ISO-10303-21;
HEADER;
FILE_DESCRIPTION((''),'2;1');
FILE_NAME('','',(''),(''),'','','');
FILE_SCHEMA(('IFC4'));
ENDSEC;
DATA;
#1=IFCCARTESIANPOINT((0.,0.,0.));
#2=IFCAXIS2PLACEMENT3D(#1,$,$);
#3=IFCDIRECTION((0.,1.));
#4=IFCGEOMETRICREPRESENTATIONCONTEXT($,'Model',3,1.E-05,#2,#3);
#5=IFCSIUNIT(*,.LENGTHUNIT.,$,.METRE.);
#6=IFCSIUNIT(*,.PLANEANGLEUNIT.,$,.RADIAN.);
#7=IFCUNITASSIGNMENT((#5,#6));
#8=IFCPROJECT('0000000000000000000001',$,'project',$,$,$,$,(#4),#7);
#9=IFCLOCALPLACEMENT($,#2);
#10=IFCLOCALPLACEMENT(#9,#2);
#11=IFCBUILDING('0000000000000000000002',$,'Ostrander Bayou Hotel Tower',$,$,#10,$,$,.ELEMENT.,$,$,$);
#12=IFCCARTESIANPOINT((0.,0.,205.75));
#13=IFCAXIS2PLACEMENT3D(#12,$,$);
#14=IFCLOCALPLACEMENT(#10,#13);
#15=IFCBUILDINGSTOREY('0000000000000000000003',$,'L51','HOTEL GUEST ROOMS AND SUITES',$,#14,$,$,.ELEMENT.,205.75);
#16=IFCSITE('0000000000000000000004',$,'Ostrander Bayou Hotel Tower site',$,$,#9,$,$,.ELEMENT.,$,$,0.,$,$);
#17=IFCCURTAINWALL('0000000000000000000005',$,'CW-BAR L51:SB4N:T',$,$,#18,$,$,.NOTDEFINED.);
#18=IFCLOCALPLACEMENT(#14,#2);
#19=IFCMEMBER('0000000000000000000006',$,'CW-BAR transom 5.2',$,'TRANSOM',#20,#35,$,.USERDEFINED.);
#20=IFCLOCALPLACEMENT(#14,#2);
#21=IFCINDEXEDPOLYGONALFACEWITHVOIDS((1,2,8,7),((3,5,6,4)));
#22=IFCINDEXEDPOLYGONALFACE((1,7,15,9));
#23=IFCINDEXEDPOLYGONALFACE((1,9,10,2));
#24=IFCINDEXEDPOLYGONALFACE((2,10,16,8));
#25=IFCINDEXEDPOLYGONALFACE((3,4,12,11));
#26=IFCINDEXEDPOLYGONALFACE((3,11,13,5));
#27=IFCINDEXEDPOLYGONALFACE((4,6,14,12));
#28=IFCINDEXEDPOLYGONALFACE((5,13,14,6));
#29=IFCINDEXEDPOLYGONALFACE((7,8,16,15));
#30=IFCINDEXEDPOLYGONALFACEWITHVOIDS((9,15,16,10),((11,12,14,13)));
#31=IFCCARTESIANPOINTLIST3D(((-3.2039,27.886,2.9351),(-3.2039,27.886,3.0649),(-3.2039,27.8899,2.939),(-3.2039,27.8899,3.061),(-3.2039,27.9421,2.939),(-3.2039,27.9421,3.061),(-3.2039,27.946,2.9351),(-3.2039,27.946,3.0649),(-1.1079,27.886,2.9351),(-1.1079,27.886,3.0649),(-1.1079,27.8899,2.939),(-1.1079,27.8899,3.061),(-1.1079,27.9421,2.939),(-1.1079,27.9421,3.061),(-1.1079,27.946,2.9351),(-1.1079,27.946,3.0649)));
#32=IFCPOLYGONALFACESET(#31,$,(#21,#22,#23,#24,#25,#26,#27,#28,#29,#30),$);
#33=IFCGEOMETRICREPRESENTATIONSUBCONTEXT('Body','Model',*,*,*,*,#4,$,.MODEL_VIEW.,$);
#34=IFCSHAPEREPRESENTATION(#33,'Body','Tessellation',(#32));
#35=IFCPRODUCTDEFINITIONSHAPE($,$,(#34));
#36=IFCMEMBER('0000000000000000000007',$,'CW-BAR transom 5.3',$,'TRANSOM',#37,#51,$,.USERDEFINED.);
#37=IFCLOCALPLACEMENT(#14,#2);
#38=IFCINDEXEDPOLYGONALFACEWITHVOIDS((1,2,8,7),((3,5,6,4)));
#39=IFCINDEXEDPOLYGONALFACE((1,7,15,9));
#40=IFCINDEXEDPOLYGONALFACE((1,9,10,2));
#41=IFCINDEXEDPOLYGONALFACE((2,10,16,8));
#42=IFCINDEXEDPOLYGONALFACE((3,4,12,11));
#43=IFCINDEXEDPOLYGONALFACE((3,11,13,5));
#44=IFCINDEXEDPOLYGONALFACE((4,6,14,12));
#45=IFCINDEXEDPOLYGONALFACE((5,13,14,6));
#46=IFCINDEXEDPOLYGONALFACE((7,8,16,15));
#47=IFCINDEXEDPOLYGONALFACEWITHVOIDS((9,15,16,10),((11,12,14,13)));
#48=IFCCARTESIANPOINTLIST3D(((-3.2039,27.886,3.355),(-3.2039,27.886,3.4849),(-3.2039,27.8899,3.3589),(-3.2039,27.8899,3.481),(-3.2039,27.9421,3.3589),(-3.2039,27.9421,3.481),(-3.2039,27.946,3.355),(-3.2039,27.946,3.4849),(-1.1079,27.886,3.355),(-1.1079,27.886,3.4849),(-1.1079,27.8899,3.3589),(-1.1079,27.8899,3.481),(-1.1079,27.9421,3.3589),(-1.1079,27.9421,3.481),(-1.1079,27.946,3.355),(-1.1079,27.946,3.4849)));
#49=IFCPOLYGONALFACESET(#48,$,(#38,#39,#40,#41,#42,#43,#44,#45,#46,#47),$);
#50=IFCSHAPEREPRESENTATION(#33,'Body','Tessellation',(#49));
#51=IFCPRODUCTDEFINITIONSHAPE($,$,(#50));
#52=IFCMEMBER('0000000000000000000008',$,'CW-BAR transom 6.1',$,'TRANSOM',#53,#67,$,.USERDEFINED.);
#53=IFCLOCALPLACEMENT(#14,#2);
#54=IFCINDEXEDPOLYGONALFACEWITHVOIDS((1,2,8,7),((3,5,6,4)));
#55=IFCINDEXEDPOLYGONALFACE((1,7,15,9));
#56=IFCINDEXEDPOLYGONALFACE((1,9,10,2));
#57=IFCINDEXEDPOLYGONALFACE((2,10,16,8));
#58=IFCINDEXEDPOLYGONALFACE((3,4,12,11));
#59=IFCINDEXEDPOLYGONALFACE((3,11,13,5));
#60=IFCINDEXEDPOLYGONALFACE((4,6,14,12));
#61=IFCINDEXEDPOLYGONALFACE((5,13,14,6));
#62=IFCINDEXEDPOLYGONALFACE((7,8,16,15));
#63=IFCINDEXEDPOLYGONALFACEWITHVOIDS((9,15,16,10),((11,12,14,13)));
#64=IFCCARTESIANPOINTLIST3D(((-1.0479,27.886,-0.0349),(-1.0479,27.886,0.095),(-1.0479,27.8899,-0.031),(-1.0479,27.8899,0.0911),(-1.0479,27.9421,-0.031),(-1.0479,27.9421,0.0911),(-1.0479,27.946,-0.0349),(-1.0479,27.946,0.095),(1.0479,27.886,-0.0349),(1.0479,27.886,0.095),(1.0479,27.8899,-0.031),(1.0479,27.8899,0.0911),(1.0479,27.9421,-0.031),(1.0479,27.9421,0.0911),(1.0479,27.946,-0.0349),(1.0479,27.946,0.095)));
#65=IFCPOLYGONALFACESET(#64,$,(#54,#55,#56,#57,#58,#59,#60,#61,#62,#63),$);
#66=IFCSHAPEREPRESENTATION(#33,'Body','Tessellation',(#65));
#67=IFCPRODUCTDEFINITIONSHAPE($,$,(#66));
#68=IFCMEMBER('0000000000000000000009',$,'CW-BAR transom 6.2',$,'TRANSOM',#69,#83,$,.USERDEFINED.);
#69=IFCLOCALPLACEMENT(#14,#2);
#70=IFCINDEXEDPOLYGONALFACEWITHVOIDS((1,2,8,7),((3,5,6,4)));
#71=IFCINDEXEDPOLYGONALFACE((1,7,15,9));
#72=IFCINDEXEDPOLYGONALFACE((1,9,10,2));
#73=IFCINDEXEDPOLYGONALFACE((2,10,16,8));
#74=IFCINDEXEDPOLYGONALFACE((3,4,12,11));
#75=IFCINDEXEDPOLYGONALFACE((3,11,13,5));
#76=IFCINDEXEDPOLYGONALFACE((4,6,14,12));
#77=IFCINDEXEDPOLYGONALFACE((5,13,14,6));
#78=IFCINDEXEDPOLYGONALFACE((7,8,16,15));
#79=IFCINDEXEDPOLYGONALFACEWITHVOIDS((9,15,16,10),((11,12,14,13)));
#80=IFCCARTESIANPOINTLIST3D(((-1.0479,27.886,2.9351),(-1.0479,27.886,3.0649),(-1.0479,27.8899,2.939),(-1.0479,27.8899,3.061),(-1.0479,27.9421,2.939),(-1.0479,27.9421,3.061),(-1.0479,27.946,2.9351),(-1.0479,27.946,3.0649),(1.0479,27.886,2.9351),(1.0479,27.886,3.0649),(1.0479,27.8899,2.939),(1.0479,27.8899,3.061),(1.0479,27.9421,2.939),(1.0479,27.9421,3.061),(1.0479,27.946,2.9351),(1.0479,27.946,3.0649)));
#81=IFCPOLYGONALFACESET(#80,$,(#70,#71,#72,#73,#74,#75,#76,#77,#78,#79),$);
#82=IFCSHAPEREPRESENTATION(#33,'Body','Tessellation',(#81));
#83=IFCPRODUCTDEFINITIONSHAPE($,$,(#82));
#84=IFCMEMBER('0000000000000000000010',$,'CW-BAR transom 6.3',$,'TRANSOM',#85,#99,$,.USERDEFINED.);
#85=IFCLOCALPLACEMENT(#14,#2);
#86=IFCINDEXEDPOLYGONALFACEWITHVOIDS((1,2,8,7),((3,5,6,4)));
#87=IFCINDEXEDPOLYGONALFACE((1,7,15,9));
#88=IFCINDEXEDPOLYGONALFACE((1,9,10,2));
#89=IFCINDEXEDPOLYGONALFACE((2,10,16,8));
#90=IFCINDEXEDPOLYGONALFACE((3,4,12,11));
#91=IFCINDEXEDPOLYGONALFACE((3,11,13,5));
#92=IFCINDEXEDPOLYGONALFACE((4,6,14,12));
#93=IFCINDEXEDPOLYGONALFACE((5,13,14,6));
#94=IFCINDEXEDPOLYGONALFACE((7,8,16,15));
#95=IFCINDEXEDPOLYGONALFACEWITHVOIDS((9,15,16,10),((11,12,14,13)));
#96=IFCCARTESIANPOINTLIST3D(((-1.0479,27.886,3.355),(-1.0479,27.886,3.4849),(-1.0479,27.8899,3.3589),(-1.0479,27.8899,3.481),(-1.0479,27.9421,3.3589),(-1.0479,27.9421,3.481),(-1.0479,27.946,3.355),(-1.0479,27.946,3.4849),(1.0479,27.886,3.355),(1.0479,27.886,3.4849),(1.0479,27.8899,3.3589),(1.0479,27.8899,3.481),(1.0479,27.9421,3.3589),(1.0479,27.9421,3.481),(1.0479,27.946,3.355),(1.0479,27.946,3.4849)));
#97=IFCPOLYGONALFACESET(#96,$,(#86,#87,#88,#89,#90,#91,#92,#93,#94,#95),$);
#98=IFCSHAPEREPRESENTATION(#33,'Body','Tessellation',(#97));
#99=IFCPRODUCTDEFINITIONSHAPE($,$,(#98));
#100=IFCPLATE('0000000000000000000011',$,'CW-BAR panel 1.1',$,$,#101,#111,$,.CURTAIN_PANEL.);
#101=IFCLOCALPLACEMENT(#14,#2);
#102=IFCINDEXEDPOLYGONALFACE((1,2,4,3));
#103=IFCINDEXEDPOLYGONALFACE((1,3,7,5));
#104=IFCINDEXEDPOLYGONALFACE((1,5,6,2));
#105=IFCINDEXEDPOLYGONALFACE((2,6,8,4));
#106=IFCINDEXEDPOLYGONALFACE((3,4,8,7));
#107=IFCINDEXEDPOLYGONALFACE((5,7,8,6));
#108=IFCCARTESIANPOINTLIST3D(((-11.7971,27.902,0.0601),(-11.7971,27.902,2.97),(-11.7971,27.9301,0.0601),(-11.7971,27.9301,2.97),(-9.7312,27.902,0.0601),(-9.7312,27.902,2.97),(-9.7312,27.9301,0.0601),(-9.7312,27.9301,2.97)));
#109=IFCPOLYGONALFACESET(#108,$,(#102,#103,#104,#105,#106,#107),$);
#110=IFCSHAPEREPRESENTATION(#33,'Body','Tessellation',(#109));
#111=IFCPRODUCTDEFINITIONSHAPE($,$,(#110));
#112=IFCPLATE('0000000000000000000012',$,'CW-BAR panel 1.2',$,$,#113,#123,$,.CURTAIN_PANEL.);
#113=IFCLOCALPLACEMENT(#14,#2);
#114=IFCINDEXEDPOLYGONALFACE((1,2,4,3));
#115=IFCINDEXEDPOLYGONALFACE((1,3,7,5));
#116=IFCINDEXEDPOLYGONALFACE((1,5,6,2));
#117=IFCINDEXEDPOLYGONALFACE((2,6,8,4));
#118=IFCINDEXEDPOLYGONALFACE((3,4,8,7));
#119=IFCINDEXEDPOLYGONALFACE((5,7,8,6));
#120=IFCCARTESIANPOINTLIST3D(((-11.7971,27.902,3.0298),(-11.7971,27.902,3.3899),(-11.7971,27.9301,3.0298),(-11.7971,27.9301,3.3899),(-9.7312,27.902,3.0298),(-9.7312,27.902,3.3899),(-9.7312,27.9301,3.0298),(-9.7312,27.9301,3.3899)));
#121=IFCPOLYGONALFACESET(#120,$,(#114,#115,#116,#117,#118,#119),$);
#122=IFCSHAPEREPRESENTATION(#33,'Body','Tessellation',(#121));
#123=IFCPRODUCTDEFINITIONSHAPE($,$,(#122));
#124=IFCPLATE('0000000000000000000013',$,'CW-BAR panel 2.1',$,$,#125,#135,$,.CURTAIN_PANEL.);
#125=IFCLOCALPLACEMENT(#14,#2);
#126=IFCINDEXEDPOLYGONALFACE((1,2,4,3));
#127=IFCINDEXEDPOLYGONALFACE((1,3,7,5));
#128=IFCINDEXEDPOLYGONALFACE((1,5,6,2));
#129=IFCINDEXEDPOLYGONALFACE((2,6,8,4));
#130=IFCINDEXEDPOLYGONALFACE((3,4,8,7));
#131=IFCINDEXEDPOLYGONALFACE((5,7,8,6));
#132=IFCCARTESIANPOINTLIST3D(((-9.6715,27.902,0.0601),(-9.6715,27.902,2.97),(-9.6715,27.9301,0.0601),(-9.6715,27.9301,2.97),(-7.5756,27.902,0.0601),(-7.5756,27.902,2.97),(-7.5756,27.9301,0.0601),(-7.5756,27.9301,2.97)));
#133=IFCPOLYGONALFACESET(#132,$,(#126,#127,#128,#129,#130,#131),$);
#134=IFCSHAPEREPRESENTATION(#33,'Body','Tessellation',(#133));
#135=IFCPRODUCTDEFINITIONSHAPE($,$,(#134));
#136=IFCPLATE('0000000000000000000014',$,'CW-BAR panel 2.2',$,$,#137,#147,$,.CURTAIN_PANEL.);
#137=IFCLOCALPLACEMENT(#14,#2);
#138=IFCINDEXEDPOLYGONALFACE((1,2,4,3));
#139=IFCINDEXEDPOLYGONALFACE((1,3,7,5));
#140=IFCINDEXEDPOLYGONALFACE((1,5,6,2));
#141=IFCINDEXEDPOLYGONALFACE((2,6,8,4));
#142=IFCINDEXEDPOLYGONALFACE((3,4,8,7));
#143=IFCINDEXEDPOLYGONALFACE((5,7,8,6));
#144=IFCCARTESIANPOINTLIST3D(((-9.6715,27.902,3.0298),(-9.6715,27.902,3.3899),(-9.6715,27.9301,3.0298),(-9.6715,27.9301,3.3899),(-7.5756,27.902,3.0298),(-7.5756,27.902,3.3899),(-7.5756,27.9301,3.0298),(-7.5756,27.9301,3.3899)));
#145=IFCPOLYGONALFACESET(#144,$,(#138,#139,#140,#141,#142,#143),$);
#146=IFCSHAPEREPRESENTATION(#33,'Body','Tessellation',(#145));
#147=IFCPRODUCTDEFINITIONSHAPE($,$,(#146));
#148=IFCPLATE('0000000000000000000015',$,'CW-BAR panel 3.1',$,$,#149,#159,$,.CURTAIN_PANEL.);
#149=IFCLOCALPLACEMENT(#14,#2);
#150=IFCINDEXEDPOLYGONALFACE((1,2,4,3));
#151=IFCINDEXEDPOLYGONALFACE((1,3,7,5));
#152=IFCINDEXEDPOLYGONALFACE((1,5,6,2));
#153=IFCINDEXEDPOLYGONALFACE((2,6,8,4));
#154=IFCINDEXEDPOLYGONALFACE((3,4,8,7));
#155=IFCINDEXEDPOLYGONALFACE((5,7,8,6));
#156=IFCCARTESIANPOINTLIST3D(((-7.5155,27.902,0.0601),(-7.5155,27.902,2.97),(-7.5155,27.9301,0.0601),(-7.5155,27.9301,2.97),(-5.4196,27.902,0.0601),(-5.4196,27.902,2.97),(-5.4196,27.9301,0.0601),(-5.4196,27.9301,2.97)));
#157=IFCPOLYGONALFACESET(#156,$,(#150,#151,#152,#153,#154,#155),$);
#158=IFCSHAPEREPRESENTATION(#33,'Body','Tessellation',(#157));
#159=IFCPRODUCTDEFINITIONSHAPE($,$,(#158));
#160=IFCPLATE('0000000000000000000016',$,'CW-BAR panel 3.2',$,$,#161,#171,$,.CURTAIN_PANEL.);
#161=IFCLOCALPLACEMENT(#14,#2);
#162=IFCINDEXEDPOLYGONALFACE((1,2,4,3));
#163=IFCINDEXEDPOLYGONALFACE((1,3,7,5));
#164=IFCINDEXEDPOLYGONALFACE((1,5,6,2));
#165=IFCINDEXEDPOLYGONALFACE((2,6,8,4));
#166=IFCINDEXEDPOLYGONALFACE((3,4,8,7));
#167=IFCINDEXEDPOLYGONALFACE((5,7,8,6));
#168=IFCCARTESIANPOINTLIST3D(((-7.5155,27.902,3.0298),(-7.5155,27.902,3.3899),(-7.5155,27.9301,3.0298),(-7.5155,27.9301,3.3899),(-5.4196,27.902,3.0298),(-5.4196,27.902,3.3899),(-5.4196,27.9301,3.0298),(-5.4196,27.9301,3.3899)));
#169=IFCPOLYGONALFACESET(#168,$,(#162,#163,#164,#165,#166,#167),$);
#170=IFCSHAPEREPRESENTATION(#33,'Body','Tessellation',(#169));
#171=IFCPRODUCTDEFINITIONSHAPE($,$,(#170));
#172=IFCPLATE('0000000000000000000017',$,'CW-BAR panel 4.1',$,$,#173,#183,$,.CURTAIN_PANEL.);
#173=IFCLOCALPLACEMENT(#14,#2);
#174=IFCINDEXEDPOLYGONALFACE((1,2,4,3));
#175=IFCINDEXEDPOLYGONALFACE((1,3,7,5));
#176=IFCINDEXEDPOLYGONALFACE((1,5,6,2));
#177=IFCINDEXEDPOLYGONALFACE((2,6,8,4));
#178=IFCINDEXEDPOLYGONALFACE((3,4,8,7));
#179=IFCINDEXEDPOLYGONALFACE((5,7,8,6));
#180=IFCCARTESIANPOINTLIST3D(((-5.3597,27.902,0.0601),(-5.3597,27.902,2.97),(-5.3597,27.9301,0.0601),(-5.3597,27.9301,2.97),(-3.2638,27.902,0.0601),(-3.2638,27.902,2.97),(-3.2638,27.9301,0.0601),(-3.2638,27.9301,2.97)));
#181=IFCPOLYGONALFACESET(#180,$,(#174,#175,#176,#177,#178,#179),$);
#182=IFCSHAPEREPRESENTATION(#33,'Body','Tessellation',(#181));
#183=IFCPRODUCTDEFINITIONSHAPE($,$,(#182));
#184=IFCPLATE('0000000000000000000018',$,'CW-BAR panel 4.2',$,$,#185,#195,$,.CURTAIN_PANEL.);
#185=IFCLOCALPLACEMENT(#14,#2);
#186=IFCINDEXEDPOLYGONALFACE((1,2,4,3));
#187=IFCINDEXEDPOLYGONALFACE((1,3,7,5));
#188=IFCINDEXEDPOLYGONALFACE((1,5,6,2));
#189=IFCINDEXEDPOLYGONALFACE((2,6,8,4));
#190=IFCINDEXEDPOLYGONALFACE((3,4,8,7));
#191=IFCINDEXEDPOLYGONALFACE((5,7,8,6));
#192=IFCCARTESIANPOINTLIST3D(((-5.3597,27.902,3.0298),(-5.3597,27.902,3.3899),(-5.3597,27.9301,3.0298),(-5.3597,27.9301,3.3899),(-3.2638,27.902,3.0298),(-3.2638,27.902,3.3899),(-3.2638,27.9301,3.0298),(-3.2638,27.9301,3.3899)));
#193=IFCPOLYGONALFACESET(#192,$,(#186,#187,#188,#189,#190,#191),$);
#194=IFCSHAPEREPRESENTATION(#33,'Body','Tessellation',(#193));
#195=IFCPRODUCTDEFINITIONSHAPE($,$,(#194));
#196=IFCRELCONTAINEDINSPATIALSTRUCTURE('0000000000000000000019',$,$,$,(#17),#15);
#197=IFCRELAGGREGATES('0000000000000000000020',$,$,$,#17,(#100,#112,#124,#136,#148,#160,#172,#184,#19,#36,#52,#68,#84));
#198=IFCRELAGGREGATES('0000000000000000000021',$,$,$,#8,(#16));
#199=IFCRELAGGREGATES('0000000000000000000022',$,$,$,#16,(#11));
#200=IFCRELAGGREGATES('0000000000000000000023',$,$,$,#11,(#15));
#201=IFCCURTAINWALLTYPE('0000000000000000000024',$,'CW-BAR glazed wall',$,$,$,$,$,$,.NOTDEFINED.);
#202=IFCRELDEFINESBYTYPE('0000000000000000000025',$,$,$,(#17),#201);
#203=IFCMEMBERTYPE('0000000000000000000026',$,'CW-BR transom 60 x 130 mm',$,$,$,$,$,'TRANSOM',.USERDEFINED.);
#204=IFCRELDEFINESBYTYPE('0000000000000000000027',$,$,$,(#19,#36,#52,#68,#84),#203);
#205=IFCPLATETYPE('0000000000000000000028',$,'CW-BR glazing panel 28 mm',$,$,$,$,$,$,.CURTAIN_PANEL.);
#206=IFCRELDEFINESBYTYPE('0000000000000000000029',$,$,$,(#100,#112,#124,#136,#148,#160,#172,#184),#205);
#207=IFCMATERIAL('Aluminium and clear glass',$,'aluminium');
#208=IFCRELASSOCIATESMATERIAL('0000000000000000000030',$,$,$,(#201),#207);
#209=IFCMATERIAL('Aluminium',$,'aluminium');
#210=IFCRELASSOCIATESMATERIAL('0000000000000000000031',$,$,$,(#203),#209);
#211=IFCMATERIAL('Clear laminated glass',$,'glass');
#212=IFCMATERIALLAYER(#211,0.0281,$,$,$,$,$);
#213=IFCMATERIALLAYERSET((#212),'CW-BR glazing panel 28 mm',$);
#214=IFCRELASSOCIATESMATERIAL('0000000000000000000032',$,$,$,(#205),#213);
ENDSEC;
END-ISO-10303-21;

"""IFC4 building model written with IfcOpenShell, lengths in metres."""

from ifc_helpers import new_model, si_unit, direction, frame, origin, origin_2d, place, context, subcontext, project, spatial, rectangle, hollow_rectangle, extrude, material, layer, layer_set, material_profile, profile_set, type_object, element, aggregate, save


model = new_model("IFC4")

# Units and contexts
model_context = context("Model", 3, precision=1e-05, world=origin(), true_north=direction((0.0, 1.0)))
body_context = subcontext(model_context, "Body", "Model", "MODEL_VIEW")
ifc_project = project(units=[si_unit("LENGTHUNIT", "METRE"), si_unit("PLANEANGLEUNIT", "RADIAN")], contexts=[model_context])

# Site, building, storey
site_placement = place(None, origin())
site = spatial("IfcSite", under=ifc_project, at=site_placement, Name="Ostrander Bayou Hotel Tower site", CompositionType="ELEMENT", RefElevation=0.0)
building_placement = place(site_placement, origin())
building = spatial("IfcBuilding", under=site, at=building_placement, Name="Ostrander Bayou Hotel Tower", CompositionType="ELEMENT")
storey_placement = place(building_placement, frame((0.0, 0.0, 205.75)))
storey = spatial("IfcBuildingStorey", under=building, at=storey_placement, Name="L51", Description="HOTEL GUEST ROOMS AND SUITES", CompositionType="ELEMENT", Elevation=205.75)

# Curtain wall, members, plates
ifc_material_1 = material(Name="Aluminium and clear glass", Category="aluminium")
curtain_wall_type = type_object("IfcCurtainWallType", Name="CW-BAR glazed wall", PredefinedType="NOTDEFINED", material=ifc_material_1)
curtain_wall_placement = place(storey_placement, origin())
curtain_wall = element("IfcCurtainWall", 1, at=curtain_wall_placement, inside=storey, type_object=curtain_wall_type, Name="CW-BAR L51:SB4N:T", PredefinedType="NOTDEFINED")
ifc_material_2 = material(Name="Aluminium", Category="aluminium")
ifc_material_profile_1 = material_profile(ifc_material_2, hollow_rectangle(XDim=0.0601, YDim=0.1299, WallThickness=0.0039, at=origin_2d()))
ifc_profile_set_1 = profile_set([ifc_material_profile_1], Name="Aluminium")
member_type_1 = type_object("IfcMemberType", Name="CW-BR transom 60 x 130 mm", ElementType="TRANSOM", PredefinedType="USERDEFINED", material=ifc_profile_set_1)
member_1_placement = place(storey_placement, frame((-3.2039, 27.916, 3.0), z_axis=(1.0, 0.0, 0.0), x_axis=(0.0, 1.0, 0.0)))
member_1 = element("IfcMember", 2, at=member_1_placement, type_object=member_type_1, Name="CW-BAR transom 5.2", ObjectType="TRANSOM", PredefinedType="USERDEFINED", context=body_context, shape_type="SweptSolid", body=[
    extrude(hollow_rectangle(XDim=0.0601, YDim=0.1299, WallThickness=0.0039, at=origin_2d()), origin(), (0.0, 0.0, 1.0), 2.0959),
])
member_2_placement = place(storey_placement, frame((-3.2039, 27.916, 3.4199), z_axis=(1.0, 0.0, 0.0), x_axis=(0.0, 1.0, 0.0)))
member_2 = element("IfcMember", 3, at=member_2_placement, type_object=member_type_1, Name="CW-BAR transom 5.3", ObjectType="TRANSOM", PredefinedType="USERDEFINED", context=body_context, shape_type="SweptSolid", body=[
    extrude(hollow_rectangle(XDim=0.0601, YDim=0.1299, WallThickness=0.0039, at=origin_2d()), origin(), (0.0, 0.0, 1.0), 2.0959),
])
member_3_placement = place(storey_placement, frame((-1.0479, 27.916, 0.03), z_axis=(1.0, 0.0, 0.0), x_axis=(0.0, 1.0, 0.0)))
member_3 = element("IfcMember", 4, at=member_3_placement, type_object=member_type_1, Name="CW-BAR transom 6.1", ObjectType="TRANSOM", PredefinedType="USERDEFINED", context=body_context, shape_type="SweptSolid", body=[
    extrude(hollow_rectangle(XDim=0.0601, YDim=0.1299, WallThickness=0.0039, at=origin_2d()), origin(), (0.0, 0.0, 1.0), 2.0957),
])
member_4_placement = place(storey_placement, frame((-1.0479, 27.916, 3.0), z_axis=(1.0, 0.0, 0.0), x_axis=(0.0, 1.0, 0.0)))
member_4 = element("IfcMember", 5, at=member_4_placement, type_object=member_type_1, Name="CW-BAR transom 6.2", ObjectType="TRANSOM", PredefinedType="USERDEFINED", context=body_context, shape_type="SweptSolid", body=[
    extrude(hollow_rectangle(XDim=0.0601, YDim=0.1299, WallThickness=0.0039, at=origin_2d()), origin(), (0.0, 0.0, 1.0), 2.0957),
])
member_5_placement = place(storey_placement, frame((-1.0479, 27.916, 3.4199), z_axis=(1.0, 0.0, 0.0), x_axis=(0.0, 1.0, 0.0)))
member_5 = element("IfcMember", 6, at=member_5_placement, type_object=member_type_1, Name="CW-BAR transom 6.3", ObjectType="TRANSOM", PredefinedType="USERDEFINED", context=body_context, shape_type="SweptSolid", body=[
    extrude(hollow_rectangle(XDim=0.0601, YDim=0.1299, WallThickness=0.0039, at=origin_2d()), origin(), (0.0, 0.0, 1.0), 2.0957),
])
ifc_material_3 = material(Name="Clear laminated glass", Category="glass")
ifc_layer = layer(ifc_material_3, 0.0281)
ifc_layer_set = layer_set([ifc_layer], Name="CW-BR glazing panel 28 mm")
plate_type = type_object("IfcPlateType", Name="CW-BR glazing panel 28 mm", PredefinedType="CURTAIN_PANEL", material=ifc_layer_set)
plate_1_placement = place(storey_placement, frame((-10.7642, 27.916, 0.0601), z_axis=(0.0, 0.0, 1.0), x_axis=(1.0, 0.0, 0.0)))
plate_1 = element("IfcPlate", 7, at=plate_1_placement, type_object=plate_type, Name="CW-BAR panel 1.1", PredefinedType="CURTAIN_PANEL", context=body_context, shape_type="SweptSolid", body=[
    extrude(rectangle(XDim=2.0659, YDim=0.0281, at=origin_2d()), origin(), (0.0, 0.0, 1.0), 2.9099),
])
plate_2_placement = place(storey_placement, frame((-10.7642, 27.916, 3.0298), z_axis=(0.0, 0.0, 1.0), x_axis=(1.0, 0.0, 0.0)))
plate_2 = element("IfcPlate", 8, at=plate_2_placement, type_object=plate_type, Name="CW-BAR panel 1.2", PredefinedType="CURTAIN_PANEL", context=body_context, shape_type="SweptSolid", body=[
    extrude(rectangle(XDim=2.0659, YDim=0.0281, at=origin_2d()), origin(), (0.0, 0.0, 1.0), 0.3601),
])
plate_3_placement = place(storey_placement, frame((-8.6235, 27.916, 0.0601), z_axis=(0.0, 0.0, 1.0), x_axis=(1.0, 0.0, 0.0)))
plate_3 = element("IfcPlate", 9, at=plate_3_placement, type_object=plate_type, Name="CW-BAR panel 2.1", PredefinedType="CURTAIN_PANEL", context=body_context, shape_type="SweptSolid", body=[
    extrude(rectangle(XDim=2.0959, YDim=0.0281, at=origin_2d()), origin(), (0.0, 0.0, 1.0), 2.9099),
])
plate_4_placement = place(storey_placement, frame((-8.6235, 27.916, 3.0298), z_axis=(0.0, 0.0, 1.0), x_axis=(1.0, 0.0, 0.0)))
plate_4 = element("IfcPlate", 10, at=plate_4_placement, type_object=plate_type, Name="CW-BAR panel 2.2", PredefinedType="CURTAIN_PANEL", context=body_context, shape_type="SweptSolid", body=[
    extrude(rectangle(XDim=2.0959, YDim=0.0281, at=origin_2d()), origin(), (0.0, 0.0, 1.0), 0.3601),
])
plate_5_placement = place(storey_placement, frame((-6.4675, 27.916, 0.0601), z_axis=(0.0, 0.0, 1.0), x_axis=(1.0, 0.0, 0.0)))
plate_5 = element("IfcPlate", 11, at=plate_5_placement, type_object=plate_type, Name="CW-BAR panel 3.1", PredefinedType="CURTAIN_PANEL", context=body_context, shape_type="SweptSolid", body=[
    extrude(rectangle(XDim=2.0959, YDim=0.0281, at=origin_2d()), origin(), (0.0, 0.0, 1.0), 2.9099),
])
plate_6_placement = place(storey_placement, frame((-6.4675, 27.916, 3.0298), z_axis=(0.0, 0.0, 1.0), x_axis=(1.0, 0.0, 0.0)))
plate_6 = element("IfcPlate", 12, at=plate_6_placement, type_object=plate_type, Name="CW-BAR panel 3.2", PredefinedType="CURTAIN_PANEL", context=body_context, shape_type="SweptSolid", body=[
    extrude(rectangle(XDim=2.0959, YDim=0.0281, at=origin_2d()), origin(), (0.0, 0.0, 1.0), 0.3601),
])
plate_7_placement = place(storey_placement, frame((-4.3118, 27.916, 0.0601), z_axis=(0.0, 0.0, 1.0), x_axis=(1.0, 0.0, 0.0)))
plate_7 = element("IfcPlate", 13, at=plate_7_placement, type_object=plate_type, Name="CW-BAR panel 4.1", PredefinedType="CURTAIN_PANEL", context=body_context, shape_type="SweptSolid", body=[
    extrude(rectangle(XDim=2.0959, YDim=0.0281, at=origin_2d()), origin(), (0.0, 0.0, 1.0), 2.9099),
])
plate_8_placement = place(storey_placement, frame((-4.3118, 27.916, 3.0298), z_axis=(0.0, 0.0, 1.0), x_axis=(1.0, 0.0, 0.0)))
plate_8 = element("IfcPlate", 14, at=plate_8_placement, type_object=plate_type, Name="CW-BAR panel 4.2", PredefinedType="CURTAIN_PANEL", context=body_context, shape_type="SweptSolid", body=[
    extrude(rectangle(XDim=2.0959, YDim=0.0281, at=origin_2d()), origin(), (0.0, 0.0, 1.0), 0.3601),
])
aggregate(curtain_wall, [plate_1, plate_2, plate_3, plate_4, plate_5, plate_6, plate_7, plate_8, member_1, member_2, member_3, member_4, member_5])

save(model, "model.ifc")
